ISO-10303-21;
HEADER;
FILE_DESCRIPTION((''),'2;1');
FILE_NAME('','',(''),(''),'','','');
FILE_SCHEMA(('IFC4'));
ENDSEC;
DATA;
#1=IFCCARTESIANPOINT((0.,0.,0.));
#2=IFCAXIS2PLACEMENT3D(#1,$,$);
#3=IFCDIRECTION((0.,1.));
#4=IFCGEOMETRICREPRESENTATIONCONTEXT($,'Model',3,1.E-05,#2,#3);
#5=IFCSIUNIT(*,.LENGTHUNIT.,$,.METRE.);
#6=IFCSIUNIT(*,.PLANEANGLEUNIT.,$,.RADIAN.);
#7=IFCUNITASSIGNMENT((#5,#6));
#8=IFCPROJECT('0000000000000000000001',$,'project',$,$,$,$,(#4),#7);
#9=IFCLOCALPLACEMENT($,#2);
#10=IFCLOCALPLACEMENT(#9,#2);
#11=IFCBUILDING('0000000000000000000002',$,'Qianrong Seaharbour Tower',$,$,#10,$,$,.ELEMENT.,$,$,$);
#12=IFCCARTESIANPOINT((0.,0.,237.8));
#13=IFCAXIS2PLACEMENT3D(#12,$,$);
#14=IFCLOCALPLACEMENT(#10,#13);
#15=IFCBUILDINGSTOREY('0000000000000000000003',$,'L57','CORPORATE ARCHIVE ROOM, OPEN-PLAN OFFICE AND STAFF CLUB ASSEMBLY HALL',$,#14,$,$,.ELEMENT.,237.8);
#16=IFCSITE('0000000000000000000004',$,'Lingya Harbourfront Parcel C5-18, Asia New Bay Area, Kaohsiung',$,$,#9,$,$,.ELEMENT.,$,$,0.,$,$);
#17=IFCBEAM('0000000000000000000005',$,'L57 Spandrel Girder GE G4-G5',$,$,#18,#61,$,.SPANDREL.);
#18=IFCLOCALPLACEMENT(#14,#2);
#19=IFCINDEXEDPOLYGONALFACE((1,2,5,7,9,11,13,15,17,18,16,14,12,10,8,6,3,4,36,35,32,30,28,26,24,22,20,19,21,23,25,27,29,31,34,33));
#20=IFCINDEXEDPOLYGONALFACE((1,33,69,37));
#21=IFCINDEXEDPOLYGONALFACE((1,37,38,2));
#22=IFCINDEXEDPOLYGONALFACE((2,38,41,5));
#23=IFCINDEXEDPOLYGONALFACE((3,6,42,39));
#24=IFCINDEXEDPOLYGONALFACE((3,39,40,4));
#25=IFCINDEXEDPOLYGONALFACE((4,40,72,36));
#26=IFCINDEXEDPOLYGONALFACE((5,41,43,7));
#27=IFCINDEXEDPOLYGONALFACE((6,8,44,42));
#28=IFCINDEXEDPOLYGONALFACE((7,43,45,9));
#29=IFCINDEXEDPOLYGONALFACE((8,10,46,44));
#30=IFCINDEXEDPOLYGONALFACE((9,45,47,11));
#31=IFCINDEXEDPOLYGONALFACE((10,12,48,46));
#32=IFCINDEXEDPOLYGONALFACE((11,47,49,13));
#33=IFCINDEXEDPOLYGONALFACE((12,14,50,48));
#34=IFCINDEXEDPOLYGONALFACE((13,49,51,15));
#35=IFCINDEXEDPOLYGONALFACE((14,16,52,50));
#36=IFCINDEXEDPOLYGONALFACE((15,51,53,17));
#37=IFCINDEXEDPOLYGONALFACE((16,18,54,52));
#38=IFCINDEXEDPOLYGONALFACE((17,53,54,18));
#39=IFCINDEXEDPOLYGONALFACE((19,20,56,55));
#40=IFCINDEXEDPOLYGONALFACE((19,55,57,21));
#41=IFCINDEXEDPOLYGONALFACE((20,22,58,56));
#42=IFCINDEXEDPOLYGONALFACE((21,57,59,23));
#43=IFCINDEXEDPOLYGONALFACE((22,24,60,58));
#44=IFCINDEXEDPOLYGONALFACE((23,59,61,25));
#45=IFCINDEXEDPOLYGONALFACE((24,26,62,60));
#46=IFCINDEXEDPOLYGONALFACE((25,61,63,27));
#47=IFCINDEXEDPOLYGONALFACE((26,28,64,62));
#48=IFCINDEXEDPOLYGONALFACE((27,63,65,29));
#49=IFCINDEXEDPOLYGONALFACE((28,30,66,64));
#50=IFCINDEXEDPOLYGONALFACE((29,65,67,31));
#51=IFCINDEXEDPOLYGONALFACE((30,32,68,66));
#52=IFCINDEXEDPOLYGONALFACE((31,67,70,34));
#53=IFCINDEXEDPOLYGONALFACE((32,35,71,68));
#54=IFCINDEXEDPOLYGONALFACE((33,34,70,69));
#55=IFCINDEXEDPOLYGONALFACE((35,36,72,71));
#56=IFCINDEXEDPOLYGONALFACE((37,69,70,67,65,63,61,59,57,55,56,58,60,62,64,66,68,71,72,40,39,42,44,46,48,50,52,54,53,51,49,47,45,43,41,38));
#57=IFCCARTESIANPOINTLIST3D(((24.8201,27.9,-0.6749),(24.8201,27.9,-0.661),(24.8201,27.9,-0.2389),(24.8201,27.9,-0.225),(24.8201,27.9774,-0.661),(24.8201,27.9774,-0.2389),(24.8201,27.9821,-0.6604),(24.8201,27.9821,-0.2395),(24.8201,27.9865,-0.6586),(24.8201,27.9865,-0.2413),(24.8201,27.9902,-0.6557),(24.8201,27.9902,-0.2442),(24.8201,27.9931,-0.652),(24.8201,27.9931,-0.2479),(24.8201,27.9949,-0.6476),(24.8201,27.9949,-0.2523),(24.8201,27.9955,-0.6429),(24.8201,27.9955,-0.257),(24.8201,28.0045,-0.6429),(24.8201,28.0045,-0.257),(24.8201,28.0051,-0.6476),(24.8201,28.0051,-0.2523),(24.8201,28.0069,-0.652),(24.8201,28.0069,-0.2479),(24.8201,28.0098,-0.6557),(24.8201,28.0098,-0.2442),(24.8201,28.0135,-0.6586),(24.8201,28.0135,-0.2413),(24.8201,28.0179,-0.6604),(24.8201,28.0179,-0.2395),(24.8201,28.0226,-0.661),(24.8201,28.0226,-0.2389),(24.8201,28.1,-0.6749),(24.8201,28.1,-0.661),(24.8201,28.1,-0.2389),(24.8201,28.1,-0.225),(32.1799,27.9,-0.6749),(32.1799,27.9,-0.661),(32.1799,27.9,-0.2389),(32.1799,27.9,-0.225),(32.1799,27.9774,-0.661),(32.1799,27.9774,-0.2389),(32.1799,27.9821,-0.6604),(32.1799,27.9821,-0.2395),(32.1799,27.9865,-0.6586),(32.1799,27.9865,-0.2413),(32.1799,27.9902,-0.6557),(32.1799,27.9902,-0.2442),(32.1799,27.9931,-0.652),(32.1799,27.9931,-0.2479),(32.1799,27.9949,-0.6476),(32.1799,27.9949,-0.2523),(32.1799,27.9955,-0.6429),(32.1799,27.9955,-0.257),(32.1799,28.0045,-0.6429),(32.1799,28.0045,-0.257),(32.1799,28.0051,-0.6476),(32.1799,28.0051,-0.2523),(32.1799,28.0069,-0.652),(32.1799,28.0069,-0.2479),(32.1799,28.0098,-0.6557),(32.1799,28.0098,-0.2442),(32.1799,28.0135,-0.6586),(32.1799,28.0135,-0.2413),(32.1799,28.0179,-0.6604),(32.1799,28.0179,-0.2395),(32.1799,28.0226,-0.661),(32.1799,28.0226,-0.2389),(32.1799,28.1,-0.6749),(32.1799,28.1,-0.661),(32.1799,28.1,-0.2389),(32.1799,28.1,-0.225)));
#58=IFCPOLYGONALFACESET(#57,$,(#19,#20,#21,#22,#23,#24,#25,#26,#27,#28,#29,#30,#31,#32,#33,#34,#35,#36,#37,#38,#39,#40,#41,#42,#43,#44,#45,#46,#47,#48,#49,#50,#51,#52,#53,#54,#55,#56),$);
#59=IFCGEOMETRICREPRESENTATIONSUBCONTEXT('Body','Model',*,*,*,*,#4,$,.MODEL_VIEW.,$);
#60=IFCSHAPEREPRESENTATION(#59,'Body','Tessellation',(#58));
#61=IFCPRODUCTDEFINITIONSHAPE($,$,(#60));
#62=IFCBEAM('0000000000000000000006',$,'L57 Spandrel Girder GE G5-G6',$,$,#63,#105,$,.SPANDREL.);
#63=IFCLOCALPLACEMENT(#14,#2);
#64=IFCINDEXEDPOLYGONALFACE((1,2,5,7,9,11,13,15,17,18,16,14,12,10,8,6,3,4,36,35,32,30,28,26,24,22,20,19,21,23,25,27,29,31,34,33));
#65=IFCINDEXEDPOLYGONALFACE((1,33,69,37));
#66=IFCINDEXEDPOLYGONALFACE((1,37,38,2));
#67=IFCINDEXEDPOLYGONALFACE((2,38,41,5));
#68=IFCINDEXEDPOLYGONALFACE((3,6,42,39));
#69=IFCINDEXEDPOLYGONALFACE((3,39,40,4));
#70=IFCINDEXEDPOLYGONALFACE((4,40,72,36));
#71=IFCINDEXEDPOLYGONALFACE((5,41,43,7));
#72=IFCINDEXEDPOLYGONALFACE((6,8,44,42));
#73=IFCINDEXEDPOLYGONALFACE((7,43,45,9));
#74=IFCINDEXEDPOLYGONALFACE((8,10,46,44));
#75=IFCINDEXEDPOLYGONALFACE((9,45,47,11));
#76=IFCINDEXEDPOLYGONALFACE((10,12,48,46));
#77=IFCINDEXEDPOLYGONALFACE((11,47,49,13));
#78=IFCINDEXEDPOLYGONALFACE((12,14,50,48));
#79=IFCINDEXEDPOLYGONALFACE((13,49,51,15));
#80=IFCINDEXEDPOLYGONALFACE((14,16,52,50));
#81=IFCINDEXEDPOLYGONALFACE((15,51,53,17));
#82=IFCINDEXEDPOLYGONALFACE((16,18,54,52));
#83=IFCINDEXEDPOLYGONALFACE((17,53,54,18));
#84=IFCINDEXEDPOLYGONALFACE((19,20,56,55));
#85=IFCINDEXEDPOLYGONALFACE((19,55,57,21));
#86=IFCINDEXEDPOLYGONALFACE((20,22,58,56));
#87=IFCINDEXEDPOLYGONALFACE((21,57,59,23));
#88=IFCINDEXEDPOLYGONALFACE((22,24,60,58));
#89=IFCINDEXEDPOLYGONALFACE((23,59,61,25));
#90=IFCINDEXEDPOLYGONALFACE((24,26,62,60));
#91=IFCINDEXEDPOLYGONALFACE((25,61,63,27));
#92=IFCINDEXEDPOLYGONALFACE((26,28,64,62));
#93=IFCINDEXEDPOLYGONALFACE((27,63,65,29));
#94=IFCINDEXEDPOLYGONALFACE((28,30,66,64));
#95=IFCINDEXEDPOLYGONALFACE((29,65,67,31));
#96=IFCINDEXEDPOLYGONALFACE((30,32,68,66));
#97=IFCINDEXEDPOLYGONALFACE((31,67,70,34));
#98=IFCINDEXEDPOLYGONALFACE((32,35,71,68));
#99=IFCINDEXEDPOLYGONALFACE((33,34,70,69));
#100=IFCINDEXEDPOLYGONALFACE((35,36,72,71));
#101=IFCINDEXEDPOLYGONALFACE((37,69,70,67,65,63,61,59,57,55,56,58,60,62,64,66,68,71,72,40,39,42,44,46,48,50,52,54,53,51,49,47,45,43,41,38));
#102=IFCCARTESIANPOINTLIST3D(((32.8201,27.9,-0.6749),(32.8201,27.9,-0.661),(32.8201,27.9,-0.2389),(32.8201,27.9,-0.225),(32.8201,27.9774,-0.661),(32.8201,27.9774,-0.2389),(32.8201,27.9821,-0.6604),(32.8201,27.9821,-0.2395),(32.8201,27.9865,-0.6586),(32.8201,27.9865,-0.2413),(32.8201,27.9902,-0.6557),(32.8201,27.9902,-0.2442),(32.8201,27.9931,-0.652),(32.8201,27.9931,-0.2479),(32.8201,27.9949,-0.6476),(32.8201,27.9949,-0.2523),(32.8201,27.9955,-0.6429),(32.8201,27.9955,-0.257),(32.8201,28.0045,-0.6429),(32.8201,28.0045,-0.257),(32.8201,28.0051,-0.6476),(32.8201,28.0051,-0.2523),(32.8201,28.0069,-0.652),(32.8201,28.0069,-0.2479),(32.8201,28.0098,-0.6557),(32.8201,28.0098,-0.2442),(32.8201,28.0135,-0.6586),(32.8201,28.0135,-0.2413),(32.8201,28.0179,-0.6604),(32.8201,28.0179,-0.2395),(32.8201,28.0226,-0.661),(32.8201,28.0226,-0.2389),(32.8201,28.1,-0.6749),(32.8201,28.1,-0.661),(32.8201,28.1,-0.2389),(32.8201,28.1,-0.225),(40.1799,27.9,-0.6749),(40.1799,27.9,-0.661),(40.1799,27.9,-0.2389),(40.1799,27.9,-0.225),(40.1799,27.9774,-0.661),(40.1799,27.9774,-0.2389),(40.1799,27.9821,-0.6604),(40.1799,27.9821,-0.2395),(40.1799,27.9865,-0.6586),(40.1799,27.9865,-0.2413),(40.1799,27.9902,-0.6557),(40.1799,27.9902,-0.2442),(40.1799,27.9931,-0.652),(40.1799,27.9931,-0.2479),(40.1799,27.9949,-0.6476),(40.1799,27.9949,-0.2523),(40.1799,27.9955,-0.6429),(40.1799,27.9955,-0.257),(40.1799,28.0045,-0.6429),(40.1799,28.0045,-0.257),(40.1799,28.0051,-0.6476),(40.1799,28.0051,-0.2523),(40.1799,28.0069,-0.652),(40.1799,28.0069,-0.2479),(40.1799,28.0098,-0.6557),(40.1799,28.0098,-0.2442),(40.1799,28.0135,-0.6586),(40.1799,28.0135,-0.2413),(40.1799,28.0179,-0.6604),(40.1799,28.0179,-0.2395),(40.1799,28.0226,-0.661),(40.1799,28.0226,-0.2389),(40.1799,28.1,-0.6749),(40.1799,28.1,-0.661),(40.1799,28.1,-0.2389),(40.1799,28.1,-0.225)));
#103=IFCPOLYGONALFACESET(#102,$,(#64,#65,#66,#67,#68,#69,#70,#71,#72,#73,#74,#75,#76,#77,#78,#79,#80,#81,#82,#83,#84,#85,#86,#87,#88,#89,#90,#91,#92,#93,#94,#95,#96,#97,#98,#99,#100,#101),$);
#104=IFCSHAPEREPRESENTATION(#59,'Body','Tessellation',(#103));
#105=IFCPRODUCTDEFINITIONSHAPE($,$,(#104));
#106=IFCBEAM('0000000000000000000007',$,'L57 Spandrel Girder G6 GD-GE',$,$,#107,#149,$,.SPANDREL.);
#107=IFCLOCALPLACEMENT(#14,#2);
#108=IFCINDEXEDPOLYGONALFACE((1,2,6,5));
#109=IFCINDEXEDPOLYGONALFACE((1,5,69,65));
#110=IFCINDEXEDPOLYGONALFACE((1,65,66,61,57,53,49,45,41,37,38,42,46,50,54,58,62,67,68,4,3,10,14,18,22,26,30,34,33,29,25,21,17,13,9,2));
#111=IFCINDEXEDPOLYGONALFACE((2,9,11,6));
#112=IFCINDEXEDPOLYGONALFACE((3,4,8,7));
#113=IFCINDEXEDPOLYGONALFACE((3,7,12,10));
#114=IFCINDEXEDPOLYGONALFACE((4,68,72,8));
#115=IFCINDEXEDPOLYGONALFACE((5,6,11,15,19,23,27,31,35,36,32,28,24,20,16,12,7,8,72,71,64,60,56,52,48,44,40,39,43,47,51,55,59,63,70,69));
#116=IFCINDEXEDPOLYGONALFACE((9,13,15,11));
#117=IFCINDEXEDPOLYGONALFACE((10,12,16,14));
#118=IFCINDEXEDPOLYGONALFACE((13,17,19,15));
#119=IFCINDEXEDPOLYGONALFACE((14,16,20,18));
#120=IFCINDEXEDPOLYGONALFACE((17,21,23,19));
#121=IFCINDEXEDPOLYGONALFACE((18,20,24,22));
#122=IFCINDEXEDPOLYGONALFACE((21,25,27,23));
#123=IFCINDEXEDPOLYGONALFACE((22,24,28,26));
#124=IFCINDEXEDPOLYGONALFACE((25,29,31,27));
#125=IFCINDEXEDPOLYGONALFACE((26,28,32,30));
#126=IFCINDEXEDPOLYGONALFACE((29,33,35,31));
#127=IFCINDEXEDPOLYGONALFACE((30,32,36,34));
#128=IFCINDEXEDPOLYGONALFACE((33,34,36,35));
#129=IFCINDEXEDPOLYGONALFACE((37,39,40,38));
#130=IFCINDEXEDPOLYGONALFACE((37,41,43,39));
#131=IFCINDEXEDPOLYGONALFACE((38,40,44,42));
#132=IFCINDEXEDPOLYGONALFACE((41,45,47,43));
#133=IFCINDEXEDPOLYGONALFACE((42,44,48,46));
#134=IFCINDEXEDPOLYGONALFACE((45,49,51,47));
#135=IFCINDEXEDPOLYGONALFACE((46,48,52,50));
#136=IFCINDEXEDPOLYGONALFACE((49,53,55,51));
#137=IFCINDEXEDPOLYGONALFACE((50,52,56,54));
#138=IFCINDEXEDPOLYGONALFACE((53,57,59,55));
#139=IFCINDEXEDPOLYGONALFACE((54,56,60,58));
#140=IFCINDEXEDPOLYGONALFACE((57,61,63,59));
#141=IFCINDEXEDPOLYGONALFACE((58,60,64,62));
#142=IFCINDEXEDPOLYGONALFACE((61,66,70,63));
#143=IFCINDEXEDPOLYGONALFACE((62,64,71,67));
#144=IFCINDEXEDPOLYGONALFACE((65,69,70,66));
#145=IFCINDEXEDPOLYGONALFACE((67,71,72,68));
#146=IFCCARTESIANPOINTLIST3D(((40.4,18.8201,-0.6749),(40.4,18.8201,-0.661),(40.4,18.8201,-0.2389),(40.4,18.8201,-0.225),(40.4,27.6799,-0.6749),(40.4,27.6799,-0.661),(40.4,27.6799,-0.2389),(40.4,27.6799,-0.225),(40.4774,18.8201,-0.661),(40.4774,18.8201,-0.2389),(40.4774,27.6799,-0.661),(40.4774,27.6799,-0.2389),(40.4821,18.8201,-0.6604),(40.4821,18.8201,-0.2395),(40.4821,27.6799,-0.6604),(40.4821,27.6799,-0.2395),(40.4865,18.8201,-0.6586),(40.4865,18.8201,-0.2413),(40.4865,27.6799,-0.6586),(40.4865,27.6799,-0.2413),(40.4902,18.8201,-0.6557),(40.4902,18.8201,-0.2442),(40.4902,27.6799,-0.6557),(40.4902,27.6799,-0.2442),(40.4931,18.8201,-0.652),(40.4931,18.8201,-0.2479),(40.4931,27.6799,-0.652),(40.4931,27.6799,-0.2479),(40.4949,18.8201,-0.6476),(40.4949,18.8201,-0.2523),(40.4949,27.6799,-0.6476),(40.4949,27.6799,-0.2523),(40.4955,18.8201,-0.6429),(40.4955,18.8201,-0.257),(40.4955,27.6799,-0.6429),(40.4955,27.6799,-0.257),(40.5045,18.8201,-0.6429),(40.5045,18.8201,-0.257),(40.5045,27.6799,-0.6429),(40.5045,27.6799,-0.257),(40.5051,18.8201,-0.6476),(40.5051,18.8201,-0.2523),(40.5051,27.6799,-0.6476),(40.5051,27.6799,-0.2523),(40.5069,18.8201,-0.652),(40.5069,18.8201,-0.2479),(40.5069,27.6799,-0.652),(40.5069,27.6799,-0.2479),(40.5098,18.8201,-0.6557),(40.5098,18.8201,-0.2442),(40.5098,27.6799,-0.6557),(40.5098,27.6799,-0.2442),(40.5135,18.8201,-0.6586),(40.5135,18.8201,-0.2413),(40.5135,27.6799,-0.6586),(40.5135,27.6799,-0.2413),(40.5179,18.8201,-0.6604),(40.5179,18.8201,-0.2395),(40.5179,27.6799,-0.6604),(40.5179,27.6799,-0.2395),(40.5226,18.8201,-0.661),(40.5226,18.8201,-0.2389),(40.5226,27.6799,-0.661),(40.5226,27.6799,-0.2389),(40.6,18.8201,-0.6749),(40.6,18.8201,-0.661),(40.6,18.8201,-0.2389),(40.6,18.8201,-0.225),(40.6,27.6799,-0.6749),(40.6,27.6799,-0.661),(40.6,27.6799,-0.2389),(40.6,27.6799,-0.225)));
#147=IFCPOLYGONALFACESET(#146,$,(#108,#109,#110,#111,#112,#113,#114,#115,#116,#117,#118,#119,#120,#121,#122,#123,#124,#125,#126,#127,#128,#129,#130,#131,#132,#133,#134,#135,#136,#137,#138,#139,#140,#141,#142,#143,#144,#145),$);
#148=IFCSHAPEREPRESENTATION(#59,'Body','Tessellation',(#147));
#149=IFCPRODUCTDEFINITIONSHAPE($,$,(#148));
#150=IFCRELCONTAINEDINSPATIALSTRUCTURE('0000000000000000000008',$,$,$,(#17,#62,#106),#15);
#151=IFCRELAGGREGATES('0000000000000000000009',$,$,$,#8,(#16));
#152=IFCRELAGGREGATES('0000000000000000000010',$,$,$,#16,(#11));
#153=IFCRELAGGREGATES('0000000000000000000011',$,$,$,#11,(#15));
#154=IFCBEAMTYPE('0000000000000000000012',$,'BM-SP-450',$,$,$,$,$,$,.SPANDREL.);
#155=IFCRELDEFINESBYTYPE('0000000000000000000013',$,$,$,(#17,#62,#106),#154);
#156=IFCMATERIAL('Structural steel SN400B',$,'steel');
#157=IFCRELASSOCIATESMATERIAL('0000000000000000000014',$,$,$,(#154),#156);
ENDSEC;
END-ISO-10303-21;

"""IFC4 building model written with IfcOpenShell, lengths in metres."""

from ifc_helpers import new_model, si_unit, direction, frame, origin, origin_2d, place, context, subcontext, project, spatial, i_section, extrude, material, material_profile, profile_set, type_object, element, save


model = new_model("IFC4")

# Units and contexts
model_context = context("Model", 3, precision=1e-05, world=origin(), true_north=direction((0.0, 1.0)))
body_context = subcontext(model_context, "Body", "Model", "MODEL_VIEW")
ifc_project = project(units=[si_unit("LENGTHUNIT", "METRE"), si_unit("PLANEANGLEUNIT", "RADIAN")], contexts=[model_context])

# Site, building, storey
site_placement = place(None, origin())
site = spatial("IfcSite", under=ifc_project, at=site_placement, Name="Lingya Harbourfront Parcel C5-18, Asia New Bay Area, Kaohsiung", CompositionType="ELEMENT", RefElevation=0.0)
building_placement = place(site_placement, origin())
building = spatial("IfcBuilding", under=site, at=building_placement, Name="Qianrong Seaharbour Tower", CompositionType="ELEMENT")
storey_placement = place(building_placement, frame((0.0, 0.0, 237.8)))
storey = spatial("IfcBuildingStorey", under=building, at=storey_placement, Name="L57", Description="CORPORATE ARCHIVE ROOM, OPEN-PLAN OFFICE AND STAFF CLUB ASSEMBLY HALL", CompositionType="ELEMENT", Elevation=237.8)

# Beams
ifc_material_1 = material(Name="Structural steel SN400B", Category="steel")
ifc_material_profile_1 = material_profile(ifc_material_1, i_section(OverallWidth=0.2, OverallDepth=0.45, WebThickness=0.009, FlangeThickness=0.0139, FilletRadius=0.0181, at=origin_2d()), Name="H450x200x9x14")
ifc_profile_set_1 = profile_set([ifc_material_profile_1], Name="Structural steel SN400B")
beam_type_1 = type_object("IfcBeamType", Name="BM-SP-450", PredefinedType="SPANDREL", material=ifc_profile_set_1)
for number, where, z_axis, x_axis, name in (
    (1, (24.8201, 28.0, -0.45), (1.0, 0.0, 0.0), (0.0, 1.0, 0.0), "L57 Spandrel Girder GE G4-G5"),
    (2, (32.8201, 28.0, -0.45), (1.0, 0.0, 0.0), (0.0, 1.0, 0.0), "L57 Spandrel Girder GE G5-G6"),
):
    element("IfcBeam", number, at=place(storey_placement, frame(where, z_axis=z_axis, x_axis=x_axis)), inside=storey, type_object=beam_type_1, Name=name, PredefinedType="SPANDREL", context=body_context, shape_type="SweptSolid", body=[
        extrude(i_section(OverallWidth=0.2, OverallDepth=0.45, WebThickness=0.009, FlangeThickness=0.0139, FilletRadius=0.0181, at=origin_2d()), origin(), (0.0, 0.0, 1.0), 7.3599),
    ])
beam_1_placement = place(storey_placement, frame((40.5, 18.8201, -0.45), z_axis=(0.0, 1.0, 0.0), x_axis=(-1.0, 0.0, 0.0)))
element("IfcBeam", 3, at=beam_1_placement, inside=storey, type_object=beam_type_1, Name="L57 Spandrel Girder G6 GD-GE", PredefinedType="SPANDREL", context=body_context, shape_type="SweptSolid", body=[
    extrude(i_section(OverallWidth=0.2, OverallDepth=0.45, WebThickness=0.009, FlangeThickness=0.0139, FilletRadius=0.0181, at=origin_2d()), origin(), (0.0, 0.0, 1.0), 8.8599),
])

save(model, "model.ifc")
